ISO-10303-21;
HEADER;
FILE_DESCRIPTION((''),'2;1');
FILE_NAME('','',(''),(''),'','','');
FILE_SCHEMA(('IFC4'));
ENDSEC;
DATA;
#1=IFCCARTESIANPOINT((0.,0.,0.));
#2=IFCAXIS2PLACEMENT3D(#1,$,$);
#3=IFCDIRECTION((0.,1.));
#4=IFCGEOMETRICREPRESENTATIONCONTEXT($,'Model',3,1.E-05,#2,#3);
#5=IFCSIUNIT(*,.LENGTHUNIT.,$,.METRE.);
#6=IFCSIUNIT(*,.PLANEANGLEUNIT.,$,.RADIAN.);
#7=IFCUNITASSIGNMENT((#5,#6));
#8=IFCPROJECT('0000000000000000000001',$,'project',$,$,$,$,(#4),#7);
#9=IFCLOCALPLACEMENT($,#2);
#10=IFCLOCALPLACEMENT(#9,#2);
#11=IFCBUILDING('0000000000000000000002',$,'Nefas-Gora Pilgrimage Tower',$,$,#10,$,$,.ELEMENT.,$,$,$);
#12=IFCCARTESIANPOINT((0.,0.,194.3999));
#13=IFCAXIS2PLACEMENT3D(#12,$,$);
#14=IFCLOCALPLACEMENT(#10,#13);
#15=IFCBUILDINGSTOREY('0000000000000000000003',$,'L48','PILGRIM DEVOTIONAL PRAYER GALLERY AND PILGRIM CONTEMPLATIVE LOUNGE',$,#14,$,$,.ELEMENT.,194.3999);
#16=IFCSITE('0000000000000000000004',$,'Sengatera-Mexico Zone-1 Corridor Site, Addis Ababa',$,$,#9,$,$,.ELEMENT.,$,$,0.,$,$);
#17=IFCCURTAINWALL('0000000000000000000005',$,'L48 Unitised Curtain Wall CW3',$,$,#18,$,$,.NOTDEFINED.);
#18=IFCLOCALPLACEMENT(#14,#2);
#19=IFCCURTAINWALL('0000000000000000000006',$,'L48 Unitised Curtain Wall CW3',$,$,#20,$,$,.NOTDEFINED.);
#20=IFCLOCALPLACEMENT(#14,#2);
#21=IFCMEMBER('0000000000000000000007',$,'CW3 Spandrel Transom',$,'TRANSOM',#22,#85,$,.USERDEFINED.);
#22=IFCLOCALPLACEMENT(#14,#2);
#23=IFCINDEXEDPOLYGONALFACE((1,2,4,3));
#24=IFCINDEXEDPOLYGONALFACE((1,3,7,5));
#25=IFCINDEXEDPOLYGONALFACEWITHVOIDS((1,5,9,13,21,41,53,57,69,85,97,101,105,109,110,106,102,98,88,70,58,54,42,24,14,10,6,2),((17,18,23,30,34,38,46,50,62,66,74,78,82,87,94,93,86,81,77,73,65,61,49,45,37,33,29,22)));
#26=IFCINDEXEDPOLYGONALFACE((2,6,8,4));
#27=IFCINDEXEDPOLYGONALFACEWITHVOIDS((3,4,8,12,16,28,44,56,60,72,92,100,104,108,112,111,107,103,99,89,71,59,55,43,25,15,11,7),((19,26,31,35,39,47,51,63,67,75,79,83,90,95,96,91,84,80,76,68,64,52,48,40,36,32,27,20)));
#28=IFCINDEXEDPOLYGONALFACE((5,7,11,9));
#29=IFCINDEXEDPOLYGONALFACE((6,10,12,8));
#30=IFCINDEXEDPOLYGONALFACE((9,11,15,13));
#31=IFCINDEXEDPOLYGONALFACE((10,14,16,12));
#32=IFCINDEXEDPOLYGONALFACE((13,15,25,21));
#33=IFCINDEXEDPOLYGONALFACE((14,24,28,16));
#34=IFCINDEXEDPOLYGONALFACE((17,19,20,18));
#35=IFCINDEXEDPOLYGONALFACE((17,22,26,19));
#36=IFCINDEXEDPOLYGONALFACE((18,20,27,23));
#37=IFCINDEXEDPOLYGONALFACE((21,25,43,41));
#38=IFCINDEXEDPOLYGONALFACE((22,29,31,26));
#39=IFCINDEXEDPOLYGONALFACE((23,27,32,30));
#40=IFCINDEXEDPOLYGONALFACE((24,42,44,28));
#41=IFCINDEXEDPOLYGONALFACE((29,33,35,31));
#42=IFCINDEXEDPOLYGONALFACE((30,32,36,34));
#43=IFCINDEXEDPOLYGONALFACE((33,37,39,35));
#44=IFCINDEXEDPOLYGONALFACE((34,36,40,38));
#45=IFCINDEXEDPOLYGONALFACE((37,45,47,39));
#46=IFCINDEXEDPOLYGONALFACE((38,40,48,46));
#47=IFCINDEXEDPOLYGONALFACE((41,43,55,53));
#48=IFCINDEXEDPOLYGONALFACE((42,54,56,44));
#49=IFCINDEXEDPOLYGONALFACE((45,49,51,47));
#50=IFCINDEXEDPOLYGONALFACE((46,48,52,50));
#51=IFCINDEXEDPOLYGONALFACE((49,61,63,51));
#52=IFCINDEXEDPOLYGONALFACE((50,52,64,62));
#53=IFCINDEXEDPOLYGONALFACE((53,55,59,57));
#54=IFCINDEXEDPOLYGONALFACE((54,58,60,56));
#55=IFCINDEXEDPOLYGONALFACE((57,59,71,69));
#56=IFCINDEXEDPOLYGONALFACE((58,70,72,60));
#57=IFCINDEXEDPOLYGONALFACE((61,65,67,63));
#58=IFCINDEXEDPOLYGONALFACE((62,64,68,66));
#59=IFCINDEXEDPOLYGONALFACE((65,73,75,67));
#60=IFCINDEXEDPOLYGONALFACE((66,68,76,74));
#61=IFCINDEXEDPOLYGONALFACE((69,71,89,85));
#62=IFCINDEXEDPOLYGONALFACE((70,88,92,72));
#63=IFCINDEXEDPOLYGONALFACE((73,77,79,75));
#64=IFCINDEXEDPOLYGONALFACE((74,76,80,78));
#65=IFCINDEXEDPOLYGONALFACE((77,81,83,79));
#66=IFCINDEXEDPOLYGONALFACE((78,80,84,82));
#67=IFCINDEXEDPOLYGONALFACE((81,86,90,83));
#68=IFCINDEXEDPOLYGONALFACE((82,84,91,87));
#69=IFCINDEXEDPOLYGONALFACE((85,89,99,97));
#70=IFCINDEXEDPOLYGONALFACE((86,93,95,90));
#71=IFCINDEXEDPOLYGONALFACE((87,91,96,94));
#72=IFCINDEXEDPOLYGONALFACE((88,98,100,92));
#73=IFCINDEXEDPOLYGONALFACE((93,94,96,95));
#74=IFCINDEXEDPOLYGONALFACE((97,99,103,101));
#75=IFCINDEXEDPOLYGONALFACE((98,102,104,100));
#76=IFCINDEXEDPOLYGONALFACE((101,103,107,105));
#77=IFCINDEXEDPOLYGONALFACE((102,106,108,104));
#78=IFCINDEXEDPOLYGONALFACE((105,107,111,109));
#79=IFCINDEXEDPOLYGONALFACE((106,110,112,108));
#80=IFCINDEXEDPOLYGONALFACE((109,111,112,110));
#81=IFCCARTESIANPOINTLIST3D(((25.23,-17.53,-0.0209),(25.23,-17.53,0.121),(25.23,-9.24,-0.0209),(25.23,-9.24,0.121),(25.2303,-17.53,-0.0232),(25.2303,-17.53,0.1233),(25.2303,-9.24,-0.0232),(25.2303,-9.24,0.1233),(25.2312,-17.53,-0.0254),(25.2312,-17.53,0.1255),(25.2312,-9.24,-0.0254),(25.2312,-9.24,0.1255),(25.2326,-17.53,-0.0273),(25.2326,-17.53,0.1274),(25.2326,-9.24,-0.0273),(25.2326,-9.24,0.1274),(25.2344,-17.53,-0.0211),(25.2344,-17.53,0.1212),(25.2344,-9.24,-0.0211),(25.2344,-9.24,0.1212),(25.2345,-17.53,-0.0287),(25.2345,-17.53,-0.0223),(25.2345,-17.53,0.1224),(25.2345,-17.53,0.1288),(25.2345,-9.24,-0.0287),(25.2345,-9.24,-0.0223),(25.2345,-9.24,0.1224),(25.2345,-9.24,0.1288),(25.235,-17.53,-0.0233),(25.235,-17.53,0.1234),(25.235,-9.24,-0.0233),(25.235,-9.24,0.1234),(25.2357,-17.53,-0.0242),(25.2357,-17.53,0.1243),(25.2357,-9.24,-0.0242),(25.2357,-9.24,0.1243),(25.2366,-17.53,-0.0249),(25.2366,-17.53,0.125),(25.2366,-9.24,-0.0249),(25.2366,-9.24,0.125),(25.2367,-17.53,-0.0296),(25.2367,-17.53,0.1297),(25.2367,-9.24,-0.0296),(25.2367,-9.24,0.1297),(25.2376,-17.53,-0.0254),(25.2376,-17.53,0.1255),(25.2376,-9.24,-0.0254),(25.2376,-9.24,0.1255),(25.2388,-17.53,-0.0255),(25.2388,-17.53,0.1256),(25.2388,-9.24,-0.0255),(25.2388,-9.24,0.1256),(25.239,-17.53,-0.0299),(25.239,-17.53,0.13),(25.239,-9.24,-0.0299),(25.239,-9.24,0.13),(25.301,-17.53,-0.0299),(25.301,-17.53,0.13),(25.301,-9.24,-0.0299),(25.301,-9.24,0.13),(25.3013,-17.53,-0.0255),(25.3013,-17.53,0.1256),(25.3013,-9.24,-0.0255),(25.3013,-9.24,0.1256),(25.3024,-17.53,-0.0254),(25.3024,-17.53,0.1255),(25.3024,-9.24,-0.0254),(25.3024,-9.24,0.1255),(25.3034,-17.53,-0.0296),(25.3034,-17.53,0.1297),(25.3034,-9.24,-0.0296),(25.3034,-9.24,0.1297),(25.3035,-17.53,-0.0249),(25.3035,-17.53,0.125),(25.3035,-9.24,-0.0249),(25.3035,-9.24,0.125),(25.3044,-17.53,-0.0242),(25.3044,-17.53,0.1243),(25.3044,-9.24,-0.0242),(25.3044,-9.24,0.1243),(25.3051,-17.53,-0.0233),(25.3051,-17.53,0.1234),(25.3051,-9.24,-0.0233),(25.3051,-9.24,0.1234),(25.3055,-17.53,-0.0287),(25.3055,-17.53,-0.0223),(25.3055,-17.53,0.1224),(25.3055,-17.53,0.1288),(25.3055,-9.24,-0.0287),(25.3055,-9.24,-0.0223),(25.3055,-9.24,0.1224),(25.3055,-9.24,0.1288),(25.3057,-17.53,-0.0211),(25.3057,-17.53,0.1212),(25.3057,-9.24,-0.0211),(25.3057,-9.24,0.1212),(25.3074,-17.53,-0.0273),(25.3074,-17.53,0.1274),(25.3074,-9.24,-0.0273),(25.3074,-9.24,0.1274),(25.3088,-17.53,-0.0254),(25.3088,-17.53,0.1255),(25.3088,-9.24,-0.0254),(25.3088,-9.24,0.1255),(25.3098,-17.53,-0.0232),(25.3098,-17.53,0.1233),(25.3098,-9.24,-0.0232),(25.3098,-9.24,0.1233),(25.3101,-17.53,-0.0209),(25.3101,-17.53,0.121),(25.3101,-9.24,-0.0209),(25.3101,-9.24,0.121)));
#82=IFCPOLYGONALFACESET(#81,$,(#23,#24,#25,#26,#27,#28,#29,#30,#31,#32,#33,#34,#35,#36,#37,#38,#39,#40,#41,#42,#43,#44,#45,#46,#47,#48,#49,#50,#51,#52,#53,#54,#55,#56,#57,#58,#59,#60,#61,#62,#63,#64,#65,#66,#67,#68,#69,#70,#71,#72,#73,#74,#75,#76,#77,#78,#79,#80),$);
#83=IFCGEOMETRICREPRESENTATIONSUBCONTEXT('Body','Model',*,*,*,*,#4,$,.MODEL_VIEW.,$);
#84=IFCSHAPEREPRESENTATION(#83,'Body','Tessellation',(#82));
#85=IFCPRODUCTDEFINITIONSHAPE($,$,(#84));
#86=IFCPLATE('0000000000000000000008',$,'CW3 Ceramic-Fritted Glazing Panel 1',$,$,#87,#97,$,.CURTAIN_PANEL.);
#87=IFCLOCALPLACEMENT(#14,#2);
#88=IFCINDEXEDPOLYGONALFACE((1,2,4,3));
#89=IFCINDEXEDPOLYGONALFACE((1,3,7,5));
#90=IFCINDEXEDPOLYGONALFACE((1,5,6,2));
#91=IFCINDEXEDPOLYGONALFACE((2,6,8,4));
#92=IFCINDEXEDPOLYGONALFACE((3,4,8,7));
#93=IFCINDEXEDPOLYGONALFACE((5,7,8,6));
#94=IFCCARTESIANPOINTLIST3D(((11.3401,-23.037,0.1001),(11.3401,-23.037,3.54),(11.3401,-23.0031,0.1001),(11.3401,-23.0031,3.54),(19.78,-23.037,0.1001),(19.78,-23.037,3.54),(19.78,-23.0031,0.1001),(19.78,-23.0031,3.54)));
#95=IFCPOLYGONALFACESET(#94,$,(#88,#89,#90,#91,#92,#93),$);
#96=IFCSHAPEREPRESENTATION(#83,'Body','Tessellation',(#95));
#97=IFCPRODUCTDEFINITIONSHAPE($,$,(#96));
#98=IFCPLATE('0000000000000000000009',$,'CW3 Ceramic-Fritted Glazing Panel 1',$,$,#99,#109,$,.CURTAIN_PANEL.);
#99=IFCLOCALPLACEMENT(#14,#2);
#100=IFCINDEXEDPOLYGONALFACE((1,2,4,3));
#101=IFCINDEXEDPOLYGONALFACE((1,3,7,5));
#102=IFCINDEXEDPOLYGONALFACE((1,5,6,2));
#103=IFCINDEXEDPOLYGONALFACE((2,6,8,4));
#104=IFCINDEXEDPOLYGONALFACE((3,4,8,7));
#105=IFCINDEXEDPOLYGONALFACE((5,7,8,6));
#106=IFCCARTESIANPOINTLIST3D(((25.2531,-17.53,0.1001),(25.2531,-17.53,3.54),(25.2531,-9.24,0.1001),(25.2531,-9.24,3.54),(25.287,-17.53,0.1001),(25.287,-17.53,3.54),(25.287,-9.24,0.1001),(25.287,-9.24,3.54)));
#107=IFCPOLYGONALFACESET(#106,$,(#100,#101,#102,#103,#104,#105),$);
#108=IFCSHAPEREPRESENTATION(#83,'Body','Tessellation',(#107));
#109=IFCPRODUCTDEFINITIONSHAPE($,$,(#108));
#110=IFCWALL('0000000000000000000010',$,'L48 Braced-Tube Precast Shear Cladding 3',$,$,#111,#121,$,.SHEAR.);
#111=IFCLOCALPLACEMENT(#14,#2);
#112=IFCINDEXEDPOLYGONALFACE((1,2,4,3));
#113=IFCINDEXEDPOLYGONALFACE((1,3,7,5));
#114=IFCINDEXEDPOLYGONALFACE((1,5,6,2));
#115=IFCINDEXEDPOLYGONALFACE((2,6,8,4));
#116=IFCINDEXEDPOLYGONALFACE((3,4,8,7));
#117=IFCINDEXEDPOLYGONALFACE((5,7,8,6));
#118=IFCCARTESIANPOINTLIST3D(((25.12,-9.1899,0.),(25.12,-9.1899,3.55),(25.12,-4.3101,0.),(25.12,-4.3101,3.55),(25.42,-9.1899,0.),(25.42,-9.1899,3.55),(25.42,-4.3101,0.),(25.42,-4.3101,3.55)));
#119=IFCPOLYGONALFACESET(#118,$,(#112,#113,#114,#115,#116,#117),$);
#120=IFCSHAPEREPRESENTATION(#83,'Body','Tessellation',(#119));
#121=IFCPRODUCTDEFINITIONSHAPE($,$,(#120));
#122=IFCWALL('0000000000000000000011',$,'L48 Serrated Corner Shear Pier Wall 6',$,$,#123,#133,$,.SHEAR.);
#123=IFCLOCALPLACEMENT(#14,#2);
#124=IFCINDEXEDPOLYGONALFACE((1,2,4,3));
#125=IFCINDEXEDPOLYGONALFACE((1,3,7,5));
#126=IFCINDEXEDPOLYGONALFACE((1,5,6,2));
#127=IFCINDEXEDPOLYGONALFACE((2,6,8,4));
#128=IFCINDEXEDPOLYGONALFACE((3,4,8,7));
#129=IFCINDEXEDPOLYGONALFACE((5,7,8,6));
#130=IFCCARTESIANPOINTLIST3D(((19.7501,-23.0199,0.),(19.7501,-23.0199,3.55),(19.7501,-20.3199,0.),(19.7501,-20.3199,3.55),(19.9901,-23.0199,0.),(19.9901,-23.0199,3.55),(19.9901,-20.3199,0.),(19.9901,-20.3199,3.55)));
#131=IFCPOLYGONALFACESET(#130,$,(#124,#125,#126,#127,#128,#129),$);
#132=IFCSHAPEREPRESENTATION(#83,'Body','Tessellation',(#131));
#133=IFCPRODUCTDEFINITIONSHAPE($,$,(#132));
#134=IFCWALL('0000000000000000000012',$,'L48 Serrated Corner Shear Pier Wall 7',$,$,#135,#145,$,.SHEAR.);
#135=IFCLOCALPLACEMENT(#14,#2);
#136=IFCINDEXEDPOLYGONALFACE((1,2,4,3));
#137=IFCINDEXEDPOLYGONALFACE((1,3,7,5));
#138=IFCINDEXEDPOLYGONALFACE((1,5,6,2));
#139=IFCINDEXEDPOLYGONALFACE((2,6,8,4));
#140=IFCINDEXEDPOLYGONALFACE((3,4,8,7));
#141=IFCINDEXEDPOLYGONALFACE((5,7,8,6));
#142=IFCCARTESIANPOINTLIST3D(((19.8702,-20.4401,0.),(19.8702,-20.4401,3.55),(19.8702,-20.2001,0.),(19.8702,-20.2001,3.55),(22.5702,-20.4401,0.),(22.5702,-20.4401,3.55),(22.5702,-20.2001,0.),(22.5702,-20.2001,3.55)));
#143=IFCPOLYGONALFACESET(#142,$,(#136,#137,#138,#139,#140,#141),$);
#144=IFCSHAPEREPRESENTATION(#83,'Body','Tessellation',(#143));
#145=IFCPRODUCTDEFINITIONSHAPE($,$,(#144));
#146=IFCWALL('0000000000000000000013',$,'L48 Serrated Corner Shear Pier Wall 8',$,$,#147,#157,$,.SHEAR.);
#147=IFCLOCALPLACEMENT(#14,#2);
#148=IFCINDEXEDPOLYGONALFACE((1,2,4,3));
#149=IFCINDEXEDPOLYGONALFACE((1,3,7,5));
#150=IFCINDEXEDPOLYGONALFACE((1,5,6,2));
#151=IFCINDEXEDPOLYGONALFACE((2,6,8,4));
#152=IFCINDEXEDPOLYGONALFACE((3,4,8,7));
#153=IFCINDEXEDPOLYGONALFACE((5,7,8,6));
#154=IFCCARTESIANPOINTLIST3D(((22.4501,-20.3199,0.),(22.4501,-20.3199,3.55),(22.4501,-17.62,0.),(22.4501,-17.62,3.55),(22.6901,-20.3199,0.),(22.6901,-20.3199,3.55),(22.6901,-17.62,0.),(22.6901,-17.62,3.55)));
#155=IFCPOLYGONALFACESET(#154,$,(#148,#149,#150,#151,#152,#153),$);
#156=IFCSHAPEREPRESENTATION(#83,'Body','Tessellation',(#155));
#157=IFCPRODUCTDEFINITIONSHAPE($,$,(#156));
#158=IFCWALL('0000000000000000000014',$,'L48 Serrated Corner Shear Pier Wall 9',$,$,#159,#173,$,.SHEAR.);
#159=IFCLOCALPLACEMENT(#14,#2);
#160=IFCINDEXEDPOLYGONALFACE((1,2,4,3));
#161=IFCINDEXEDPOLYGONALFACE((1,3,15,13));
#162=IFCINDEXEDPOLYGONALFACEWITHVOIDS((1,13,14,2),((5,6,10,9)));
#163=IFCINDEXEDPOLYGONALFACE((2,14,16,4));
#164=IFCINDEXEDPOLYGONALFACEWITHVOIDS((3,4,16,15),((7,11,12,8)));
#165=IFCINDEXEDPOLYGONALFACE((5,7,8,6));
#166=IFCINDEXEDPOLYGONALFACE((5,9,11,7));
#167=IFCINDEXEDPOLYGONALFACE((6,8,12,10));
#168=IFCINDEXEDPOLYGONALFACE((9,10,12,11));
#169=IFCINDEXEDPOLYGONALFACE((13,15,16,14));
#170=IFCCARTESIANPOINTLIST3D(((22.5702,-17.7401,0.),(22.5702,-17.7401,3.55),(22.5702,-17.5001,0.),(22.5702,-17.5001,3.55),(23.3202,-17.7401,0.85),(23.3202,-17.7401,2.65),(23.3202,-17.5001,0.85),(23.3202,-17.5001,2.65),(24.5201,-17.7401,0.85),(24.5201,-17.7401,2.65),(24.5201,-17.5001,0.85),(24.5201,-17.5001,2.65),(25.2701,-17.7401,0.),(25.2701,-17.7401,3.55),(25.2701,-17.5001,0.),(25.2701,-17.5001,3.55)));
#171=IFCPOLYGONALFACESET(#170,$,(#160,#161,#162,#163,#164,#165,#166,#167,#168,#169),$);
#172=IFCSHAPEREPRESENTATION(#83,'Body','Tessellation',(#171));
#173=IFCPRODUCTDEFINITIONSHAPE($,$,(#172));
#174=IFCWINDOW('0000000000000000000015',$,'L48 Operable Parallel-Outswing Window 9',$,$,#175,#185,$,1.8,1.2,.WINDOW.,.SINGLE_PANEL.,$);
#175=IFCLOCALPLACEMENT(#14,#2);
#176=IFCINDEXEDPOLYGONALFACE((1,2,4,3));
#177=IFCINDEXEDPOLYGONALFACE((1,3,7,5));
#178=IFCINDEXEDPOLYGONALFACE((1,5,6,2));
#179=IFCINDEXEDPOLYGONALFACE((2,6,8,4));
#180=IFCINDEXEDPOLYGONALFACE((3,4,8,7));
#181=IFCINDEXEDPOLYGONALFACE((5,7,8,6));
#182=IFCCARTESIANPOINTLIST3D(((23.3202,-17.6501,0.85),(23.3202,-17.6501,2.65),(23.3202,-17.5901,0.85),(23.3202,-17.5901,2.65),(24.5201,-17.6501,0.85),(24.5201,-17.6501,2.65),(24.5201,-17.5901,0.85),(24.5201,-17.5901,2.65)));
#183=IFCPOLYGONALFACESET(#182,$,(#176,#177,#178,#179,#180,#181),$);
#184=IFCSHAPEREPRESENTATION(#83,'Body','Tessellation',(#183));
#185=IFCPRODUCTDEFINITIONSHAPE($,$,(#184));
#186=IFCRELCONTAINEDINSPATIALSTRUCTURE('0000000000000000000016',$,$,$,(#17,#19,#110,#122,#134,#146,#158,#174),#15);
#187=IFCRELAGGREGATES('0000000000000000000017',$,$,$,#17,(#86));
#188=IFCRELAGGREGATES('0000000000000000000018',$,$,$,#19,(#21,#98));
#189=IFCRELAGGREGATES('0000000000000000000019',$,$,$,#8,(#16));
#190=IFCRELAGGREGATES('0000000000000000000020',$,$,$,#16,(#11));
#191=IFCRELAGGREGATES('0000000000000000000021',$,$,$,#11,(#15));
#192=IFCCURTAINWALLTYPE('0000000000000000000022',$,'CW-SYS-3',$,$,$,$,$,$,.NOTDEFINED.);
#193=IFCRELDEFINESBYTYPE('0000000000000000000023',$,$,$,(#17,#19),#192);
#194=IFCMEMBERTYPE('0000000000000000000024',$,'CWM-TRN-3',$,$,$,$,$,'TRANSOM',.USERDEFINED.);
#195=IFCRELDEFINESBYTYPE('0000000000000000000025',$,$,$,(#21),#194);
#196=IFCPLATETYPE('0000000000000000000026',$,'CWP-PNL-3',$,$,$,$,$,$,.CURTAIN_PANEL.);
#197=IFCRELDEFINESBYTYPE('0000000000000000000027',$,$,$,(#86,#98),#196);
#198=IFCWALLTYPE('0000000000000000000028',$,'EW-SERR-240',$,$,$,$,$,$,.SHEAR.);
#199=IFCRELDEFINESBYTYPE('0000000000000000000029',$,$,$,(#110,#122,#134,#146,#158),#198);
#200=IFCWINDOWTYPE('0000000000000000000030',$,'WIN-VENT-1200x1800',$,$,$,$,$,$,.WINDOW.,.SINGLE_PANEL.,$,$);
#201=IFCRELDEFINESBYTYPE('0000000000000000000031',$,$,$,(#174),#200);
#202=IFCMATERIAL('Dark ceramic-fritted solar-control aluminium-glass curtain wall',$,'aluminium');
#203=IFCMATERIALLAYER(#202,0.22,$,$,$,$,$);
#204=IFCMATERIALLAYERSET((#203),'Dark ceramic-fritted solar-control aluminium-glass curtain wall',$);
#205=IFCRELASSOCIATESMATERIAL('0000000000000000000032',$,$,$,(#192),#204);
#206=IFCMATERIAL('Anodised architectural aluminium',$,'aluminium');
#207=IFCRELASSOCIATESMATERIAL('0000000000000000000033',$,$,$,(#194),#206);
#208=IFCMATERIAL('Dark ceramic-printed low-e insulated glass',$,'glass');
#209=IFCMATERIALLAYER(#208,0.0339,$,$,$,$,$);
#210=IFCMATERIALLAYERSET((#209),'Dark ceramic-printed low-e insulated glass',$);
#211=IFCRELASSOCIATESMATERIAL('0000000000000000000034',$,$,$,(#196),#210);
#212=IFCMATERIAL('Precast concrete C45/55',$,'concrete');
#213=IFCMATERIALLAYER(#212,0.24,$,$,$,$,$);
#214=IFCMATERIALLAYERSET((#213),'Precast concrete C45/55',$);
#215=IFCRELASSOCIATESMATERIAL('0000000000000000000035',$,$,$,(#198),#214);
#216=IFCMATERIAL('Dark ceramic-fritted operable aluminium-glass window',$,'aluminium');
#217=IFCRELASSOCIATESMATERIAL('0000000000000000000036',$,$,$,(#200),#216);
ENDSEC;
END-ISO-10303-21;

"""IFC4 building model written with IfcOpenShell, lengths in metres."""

from ifc_helpers import new_model, si_unit, direction, frame, frame_2d, origin, origin_2d, place, context, subcontext, project, spatial, rectangle, hollow_rectangle, extrude, source, transform, mapped, material, layer, layer_set, material_profile, profile_set, type_object, element, fill, aggregate, save


model = new_model("IFC4")

# Units and contexts
model_context = context("Model", 3, precision=1e-05, world=origin(), true_north=direction((0.0, 1.0)))
body_context = subcontext(model_context, "Body", "Model", "MODEL_VIEW")
ifc_project = project(units=[si_unit("LENGTHUNIT", "METRE"), si_unit("PLANEANGLEUNIT", "RADIAN")], contexts=[model_context])

# Site, building, storey
site_placement = place(None, origin())
site = spatial("IfcSite", under=ifc_project, at=site_placement, Name="Sengatera-Mexico Zone-1 Corridor Site, Addis Ababa", CompositionType="ELEMENT", RefElevation=0.0)
building_placement = place(site_placement, origin())
building = spatial("IfcBuilding", under=site, at=building_placement, Name="Nefas-Gora Pilgrimage Tower", CompositionType="ELEMENT")
storey_placement = place(building_placement, frame((0.0, 0.0, 194.3999)))
storey = spatial("IfcBuildingStorey", under=building, at=storey_placement, Name="L48", Description="PILGRIM DEVOTIONAL PRAYER GALLERY AND PILGRIM CONTEMPLATIVE LOUNGE", CompositionType="ELEMENT", Elevation=194.3999)

# Curtain walls
ifc_material_1 = material(Name="Dark ceramic-fritted solar-control aluminium-glass curtain wall", Category="aluminium")
ifc_layer_1 = layer(ifc_material_1, 0.22)
ifc_layer_set_1 = layer_set([ifc_layer_1], Name="Dark ceramic-fritted solar-control aluminium-glass curtain wall")
curtain_wall_type = type_object("IfcCurtainWallType", Name="CW-SYS-3", PredefinedType="NOTDEFINED", material=ifc_layer_set_1)
curtain_wall_1_placement = place(storey_placement, origin())
curtain_wall_1 = element("IfcCurtainWall", 1, at=curtain_wall_1_placement, inside=storey, type_object=curtain_wall_type, Name="L48 Unitised Curtain Wall CW3", PredefinedType="NOTDEFINED")
ifc_material_2 = material(Name="Anodised architectural aluminium", Category="aluminium")
curtain_wall_2_placement = place(storey_placement, origin())
curtain_wall_2 = element("IfcCurtainWall", 2, at=curtain_wall_2_placement, inside=storey, type_object=curtain_wall_type, Name="L48 Unitised Curtain Wall CW3", PredefinedType="NOTDEFINED")

# Member
ifc_material_profile_1 = material_profile(ifc_material_2, hollow_rectangle(XDim=0.0801, YDim=0.1599, WallThickness=0.0044, InnerFilletRadius=0.0044, OuterFilletRadius=0.009, at=origin_2d()), Name="ALU TRANSOM 80x160")
ifc_profile_set_1 = profile_set([ifc_material_profile_1], Name="Anodised architectural aluminium")
member_type_1 = type_object("IfcMemberType", Name="CWM-TRN-3", ElementType="TRANSOM", PredefinedType="USERDEFINED", material=ifc_profile_set_1)
shared_shape_1 = source(origin(), body_context, "Body", "SweptSolid", [
    extrude(hollow_rectangle(XDim=0.0801, YDim=0.1599, WallThickness=0.0044, InnerFilletRadius=0.0044, OuterFilletRadius=0.009, at=origin_2d()), origin(), (0.0, 0.0, 1.0), 8.29),
])
member_1_placement = place(storey_placement, frame((25.27, -17.53, 0.05), z_axis=(0.0, 1.0, 0.0), x_axis=(-1.0, 0.0, 0.0)))
member_1 = element("IfcMember", 3, at=member_1_placement, type_object=member_type_1, Name="CW3 Spandrel Transom", ObjectType="TRANSOM", PredefinedType="USERDEFINED", context=body_context, shape_type="MappedRepresentation", body=[
    mapped(shared_shape_1, transform((0.0, 0.0, 0.0), x_axis=(1.0, 0.0, 0.0), y_axis=(0.0, 1.0, 0.0), z_axis=(0.0, 0.0, 1.0), scale=1.0)),
])

# Plates
ifc_material_3 = material(Name="Dark ceramic-printed low-e insulated glass", Category="glass")
ifc_layer_2 = layer(ifc_material_3, 0.0339)
ifc_layer_set_2 = layer_set([ifc_layer_2], Name="Dark ceramic-printed low-e insulated glass")
plate_type = type_object("IfcPlateType", Name="CWP-PNL-3", PredefinedType="CURTAIN_PANEL", material=ifc_layer_set_2)
shared_shape_2 = source(origin(), body_context, "Body", "SweptSolid", [
    extrude(rectangle(XDim=8.4399, YDim=0.0339, at=origin_2d()), origin(), (0.0, 0.0, 1.0), 3.4399),
])
plate_1_placement = place(storey_placement, frame((15.5601, -23.02, 0.1001), z_axis=(0.0, 0.0, 1.0), x_axis=(1.0, 0.0, 0.0)))
plate_1 = element("IfcPlate", 4, at=plate_1_placement, type_object=plate_type, Name="CW3 Ceramic-Fritted Glazing Panel 1", PredefinedType="CURTAIN_PANEL", context=body_context, shape_type="MappedRepresentation", body=[
    mapped(shared_shape_2, transform((0.0, 0.0, 0.0), x_axis=(1.0, 0.0, 0.0), y_axis=(0.0, 1.0, 0.0), z_axis=(0.0, 0.0, 1.0), scale=1.0)),
])
aggregate(curtain_wall_1, [plate_1])
shared_shape_3 = source(origin(), body_context, "Body", "SweptSolid", [
    extrude(rectangle(XDim=8.29, YDim=0.0339, at=origin_2d()), origin(), (0.0, 0.0, 1.0), 3.4399),
])
plate_2_placement = place(storey_placement, frame((25.27, -13.385, 0.1001), z_axis=(0.0, 0.0, 1.0), x_axis=(0.0, 1.0, 0.0)))
plate_2 = element("IfcPlate", 5, at=plate_2_placement, type_object=plate_type, Name="CW3 Ceramic-Fritted Glazing Panel 1", PredefinedType="CURTAIN_PANEL", context=body_context, shape_type="MappedRepresentation", body=[
    mapped(shared_shape_3, transform((0.0, 0.0, 0.0), x_axis=(1.0, 0.0, 0.0), y_axis=(0.0, 1.0, 0.0), z_axis=(0.0, 0.0, 1.0), scale=1.0)),
])
aggregate(curtain_wall_2, [member_1, plate_2])

# Walls
ifc_material_4 = material(Name="Precast concrete C45/55", Category="concrete")
ifc_layer_3 = layer(ifc_material_4, 0.24)
ifc_layer_set_3 = layer_set([ifc_layer_3], Name="Precast concrete C45/55")
wall_type_1 = type_object("IfcWallType", Name="EW-SERR-240", PredefinedType="SHEAR", material=ifc_layer_set_3)
shared_shape_4 = source(origin(), body_context, "Body", "SweptSolid", [
    extrude(rectangle(XDim=4.8799, YDim=0.3, at=frame_2d((2.4399, 0.0))), origin(), (0.0, 0.0, 1.0), 3.55),
])
wall_1_placement = place(storey_placement, frame((25.27, -9.1899, 0.0), z_axis=(0.0, 0.0, 1.0), x_axis=(0.0, 1.0, 0.0)))
element("IfcWall", 6, at=wall_1_placement, inside=storey, type_object=wall_type_1, Name="L48 Braced-Tube Precast Shear Cladding 3", PredefinedType="SHEAR", context=body_context, shape_type="MappedRepresentation", body=[
    mapped(shared_shape_4, transform((0.0, 0.0, 0.0), x_axis=(1.0, 0.0, 0.0), y_axis=(0.0, 1.0, 0.0), z_axis=(0.0, 0.0, 1.0), scale=1.0)),
])
shared_shape_5 = source(origin(), body_context, "Body", "SweptSolid", [
    extrude(rectangle(XDim=2.7, YDim=0.24, at=frame_2d((1.3501, 0.0))), origin(), (0.0, 0.0, 1.0), 3.55),
])
for number, where, z_axis, x_axis, name in (
    (7, (19.8701, -23.02, 0.0), (0.0, 0.0, 1.0), (0.0, 1.0, 0.0), "L48 Serrated Corner Shear Pier Wall 6"),
    (8, (19.8701, -20.3201, 0.0), (0.0, 0.0, 1.0), (1.0, 0.0, 0.0), "L48 Serrated Corner Shear Pier Wall 7"),
    (9, (22.5701, -20.3201, 0.0), (0.0, 0.0, 1.0), (0.0, 1.0, 0.0), "L48 Serrated Corner Shear Pier Wall 8"),
):
    element("IfcWall", number, at=place(storey_placement, frame(where, z_axis=z_axis, x_axis=x_axis)), inside=storey, type_object=wall_type_1, Name=name, PredefinedType="SHEAR", context=body_context, shape_type="MappedRepresentation", body=[
        mapped(shared_shape_5, transform((0.0, 0.0, 0.0), x_axis=(1.0, 0.0, 0.0), y_axis=(0.0, 1.0, 0.0), z_axis=(0.0, 0.0, 1.0), scale=1.0)),
    ])

# Wall, opening, window
wall_2_placement = place(storey_placement, frame((22.5701, -17.6201, 0.0), z_axis=(0.0, 0.0, 1.0), x_axis=(1.0, 0.0, 0.0)))
wall_2 = element("IfcWall", 10, at=wall_2_placement, inside=storey, type_object=wall_type_1, Name="L48 Serrated Corner Shear Pier Wall 9", PredefinedType="SHEAR", context=body_context, shape_type="MappedRepresentation", body=[
    mapped(shared_shape_5, transform((0.0, 0.0, 0.0), x_axis=(1.0, 0.0, 0.0), y_axis=(0.0, 1.0, 0.0), z_axis=(0.0, 0.0, 1.0), scale=1.0)),
])
opening_1_placement = place(wall_2_placement, frame((0.75, 0.0, 0.8501)))
opening_1 = element("IfcOpeningElement", 11, at=opening_1_placement, cuts=wall_2, PredefinedType="OPENING", context=body_context, shape_type="SweptSolid", body=[
    extrude(rectangle(XDim=1.2, YDim=1.8, at=frame_2d((0.6001, 0.8999))), frame((0.0, 0.1299, 0.0), z_axis=(0.0, -1.0, 0.0), x_axis=(1.0, 0.0, 0.0)), (0.0, 0.0, 1.0), 0.26),
])
ifc_material_5 = material(Name="Dark ceramic-fritted operable aluminium-glass window", Category="aluminium")
window_type = type_object("IfcWindowType", Name="WIN-VENT-1200x1800", PartitioningType="SINGLE_PANEL", PredefinedType="WINDOW", material=ifc_material_5)
shared_shape_6 = source(origin(), body_context, "Body", "SweptSolid", [
    extrude(rectangle(XDim=1.2, YDim=1.8, at=frame_2d((0.6001, 0.8999))), frame((0.0, 0.03, 0.0), z_axis=(0.0, -1.0, 0.0), x_axis=(1.0, 0.0, 0.0)), (0.0, 0.0, 1.0), 0.0601),
])
window_placement = place(opening_1_placement, origin())
window = element("IfcWindow", 12, at=window_placement, inside=storey, type_object=window_type, Name="L48 Operable Parallel-Outswing Window 9", OverallHeight=1.8, OverallWidth=1.2, PartitioningType="SINGLE_PANEL", PredefinedType="WINDOW", context=body_context, shape_type="MappedRepresentation", body=[
    mapped(shared_shape_6, transform((0.0, 0.0, 0.0), x_axis=(1.0, 0.0, 0.0), y_axis=(0.0, 1.0, 0.0), z_axis=(0.0, 0.0, 1.0), scale=1.0)),
])
fill(opening_1, window)

save(model, "model.ifc")
